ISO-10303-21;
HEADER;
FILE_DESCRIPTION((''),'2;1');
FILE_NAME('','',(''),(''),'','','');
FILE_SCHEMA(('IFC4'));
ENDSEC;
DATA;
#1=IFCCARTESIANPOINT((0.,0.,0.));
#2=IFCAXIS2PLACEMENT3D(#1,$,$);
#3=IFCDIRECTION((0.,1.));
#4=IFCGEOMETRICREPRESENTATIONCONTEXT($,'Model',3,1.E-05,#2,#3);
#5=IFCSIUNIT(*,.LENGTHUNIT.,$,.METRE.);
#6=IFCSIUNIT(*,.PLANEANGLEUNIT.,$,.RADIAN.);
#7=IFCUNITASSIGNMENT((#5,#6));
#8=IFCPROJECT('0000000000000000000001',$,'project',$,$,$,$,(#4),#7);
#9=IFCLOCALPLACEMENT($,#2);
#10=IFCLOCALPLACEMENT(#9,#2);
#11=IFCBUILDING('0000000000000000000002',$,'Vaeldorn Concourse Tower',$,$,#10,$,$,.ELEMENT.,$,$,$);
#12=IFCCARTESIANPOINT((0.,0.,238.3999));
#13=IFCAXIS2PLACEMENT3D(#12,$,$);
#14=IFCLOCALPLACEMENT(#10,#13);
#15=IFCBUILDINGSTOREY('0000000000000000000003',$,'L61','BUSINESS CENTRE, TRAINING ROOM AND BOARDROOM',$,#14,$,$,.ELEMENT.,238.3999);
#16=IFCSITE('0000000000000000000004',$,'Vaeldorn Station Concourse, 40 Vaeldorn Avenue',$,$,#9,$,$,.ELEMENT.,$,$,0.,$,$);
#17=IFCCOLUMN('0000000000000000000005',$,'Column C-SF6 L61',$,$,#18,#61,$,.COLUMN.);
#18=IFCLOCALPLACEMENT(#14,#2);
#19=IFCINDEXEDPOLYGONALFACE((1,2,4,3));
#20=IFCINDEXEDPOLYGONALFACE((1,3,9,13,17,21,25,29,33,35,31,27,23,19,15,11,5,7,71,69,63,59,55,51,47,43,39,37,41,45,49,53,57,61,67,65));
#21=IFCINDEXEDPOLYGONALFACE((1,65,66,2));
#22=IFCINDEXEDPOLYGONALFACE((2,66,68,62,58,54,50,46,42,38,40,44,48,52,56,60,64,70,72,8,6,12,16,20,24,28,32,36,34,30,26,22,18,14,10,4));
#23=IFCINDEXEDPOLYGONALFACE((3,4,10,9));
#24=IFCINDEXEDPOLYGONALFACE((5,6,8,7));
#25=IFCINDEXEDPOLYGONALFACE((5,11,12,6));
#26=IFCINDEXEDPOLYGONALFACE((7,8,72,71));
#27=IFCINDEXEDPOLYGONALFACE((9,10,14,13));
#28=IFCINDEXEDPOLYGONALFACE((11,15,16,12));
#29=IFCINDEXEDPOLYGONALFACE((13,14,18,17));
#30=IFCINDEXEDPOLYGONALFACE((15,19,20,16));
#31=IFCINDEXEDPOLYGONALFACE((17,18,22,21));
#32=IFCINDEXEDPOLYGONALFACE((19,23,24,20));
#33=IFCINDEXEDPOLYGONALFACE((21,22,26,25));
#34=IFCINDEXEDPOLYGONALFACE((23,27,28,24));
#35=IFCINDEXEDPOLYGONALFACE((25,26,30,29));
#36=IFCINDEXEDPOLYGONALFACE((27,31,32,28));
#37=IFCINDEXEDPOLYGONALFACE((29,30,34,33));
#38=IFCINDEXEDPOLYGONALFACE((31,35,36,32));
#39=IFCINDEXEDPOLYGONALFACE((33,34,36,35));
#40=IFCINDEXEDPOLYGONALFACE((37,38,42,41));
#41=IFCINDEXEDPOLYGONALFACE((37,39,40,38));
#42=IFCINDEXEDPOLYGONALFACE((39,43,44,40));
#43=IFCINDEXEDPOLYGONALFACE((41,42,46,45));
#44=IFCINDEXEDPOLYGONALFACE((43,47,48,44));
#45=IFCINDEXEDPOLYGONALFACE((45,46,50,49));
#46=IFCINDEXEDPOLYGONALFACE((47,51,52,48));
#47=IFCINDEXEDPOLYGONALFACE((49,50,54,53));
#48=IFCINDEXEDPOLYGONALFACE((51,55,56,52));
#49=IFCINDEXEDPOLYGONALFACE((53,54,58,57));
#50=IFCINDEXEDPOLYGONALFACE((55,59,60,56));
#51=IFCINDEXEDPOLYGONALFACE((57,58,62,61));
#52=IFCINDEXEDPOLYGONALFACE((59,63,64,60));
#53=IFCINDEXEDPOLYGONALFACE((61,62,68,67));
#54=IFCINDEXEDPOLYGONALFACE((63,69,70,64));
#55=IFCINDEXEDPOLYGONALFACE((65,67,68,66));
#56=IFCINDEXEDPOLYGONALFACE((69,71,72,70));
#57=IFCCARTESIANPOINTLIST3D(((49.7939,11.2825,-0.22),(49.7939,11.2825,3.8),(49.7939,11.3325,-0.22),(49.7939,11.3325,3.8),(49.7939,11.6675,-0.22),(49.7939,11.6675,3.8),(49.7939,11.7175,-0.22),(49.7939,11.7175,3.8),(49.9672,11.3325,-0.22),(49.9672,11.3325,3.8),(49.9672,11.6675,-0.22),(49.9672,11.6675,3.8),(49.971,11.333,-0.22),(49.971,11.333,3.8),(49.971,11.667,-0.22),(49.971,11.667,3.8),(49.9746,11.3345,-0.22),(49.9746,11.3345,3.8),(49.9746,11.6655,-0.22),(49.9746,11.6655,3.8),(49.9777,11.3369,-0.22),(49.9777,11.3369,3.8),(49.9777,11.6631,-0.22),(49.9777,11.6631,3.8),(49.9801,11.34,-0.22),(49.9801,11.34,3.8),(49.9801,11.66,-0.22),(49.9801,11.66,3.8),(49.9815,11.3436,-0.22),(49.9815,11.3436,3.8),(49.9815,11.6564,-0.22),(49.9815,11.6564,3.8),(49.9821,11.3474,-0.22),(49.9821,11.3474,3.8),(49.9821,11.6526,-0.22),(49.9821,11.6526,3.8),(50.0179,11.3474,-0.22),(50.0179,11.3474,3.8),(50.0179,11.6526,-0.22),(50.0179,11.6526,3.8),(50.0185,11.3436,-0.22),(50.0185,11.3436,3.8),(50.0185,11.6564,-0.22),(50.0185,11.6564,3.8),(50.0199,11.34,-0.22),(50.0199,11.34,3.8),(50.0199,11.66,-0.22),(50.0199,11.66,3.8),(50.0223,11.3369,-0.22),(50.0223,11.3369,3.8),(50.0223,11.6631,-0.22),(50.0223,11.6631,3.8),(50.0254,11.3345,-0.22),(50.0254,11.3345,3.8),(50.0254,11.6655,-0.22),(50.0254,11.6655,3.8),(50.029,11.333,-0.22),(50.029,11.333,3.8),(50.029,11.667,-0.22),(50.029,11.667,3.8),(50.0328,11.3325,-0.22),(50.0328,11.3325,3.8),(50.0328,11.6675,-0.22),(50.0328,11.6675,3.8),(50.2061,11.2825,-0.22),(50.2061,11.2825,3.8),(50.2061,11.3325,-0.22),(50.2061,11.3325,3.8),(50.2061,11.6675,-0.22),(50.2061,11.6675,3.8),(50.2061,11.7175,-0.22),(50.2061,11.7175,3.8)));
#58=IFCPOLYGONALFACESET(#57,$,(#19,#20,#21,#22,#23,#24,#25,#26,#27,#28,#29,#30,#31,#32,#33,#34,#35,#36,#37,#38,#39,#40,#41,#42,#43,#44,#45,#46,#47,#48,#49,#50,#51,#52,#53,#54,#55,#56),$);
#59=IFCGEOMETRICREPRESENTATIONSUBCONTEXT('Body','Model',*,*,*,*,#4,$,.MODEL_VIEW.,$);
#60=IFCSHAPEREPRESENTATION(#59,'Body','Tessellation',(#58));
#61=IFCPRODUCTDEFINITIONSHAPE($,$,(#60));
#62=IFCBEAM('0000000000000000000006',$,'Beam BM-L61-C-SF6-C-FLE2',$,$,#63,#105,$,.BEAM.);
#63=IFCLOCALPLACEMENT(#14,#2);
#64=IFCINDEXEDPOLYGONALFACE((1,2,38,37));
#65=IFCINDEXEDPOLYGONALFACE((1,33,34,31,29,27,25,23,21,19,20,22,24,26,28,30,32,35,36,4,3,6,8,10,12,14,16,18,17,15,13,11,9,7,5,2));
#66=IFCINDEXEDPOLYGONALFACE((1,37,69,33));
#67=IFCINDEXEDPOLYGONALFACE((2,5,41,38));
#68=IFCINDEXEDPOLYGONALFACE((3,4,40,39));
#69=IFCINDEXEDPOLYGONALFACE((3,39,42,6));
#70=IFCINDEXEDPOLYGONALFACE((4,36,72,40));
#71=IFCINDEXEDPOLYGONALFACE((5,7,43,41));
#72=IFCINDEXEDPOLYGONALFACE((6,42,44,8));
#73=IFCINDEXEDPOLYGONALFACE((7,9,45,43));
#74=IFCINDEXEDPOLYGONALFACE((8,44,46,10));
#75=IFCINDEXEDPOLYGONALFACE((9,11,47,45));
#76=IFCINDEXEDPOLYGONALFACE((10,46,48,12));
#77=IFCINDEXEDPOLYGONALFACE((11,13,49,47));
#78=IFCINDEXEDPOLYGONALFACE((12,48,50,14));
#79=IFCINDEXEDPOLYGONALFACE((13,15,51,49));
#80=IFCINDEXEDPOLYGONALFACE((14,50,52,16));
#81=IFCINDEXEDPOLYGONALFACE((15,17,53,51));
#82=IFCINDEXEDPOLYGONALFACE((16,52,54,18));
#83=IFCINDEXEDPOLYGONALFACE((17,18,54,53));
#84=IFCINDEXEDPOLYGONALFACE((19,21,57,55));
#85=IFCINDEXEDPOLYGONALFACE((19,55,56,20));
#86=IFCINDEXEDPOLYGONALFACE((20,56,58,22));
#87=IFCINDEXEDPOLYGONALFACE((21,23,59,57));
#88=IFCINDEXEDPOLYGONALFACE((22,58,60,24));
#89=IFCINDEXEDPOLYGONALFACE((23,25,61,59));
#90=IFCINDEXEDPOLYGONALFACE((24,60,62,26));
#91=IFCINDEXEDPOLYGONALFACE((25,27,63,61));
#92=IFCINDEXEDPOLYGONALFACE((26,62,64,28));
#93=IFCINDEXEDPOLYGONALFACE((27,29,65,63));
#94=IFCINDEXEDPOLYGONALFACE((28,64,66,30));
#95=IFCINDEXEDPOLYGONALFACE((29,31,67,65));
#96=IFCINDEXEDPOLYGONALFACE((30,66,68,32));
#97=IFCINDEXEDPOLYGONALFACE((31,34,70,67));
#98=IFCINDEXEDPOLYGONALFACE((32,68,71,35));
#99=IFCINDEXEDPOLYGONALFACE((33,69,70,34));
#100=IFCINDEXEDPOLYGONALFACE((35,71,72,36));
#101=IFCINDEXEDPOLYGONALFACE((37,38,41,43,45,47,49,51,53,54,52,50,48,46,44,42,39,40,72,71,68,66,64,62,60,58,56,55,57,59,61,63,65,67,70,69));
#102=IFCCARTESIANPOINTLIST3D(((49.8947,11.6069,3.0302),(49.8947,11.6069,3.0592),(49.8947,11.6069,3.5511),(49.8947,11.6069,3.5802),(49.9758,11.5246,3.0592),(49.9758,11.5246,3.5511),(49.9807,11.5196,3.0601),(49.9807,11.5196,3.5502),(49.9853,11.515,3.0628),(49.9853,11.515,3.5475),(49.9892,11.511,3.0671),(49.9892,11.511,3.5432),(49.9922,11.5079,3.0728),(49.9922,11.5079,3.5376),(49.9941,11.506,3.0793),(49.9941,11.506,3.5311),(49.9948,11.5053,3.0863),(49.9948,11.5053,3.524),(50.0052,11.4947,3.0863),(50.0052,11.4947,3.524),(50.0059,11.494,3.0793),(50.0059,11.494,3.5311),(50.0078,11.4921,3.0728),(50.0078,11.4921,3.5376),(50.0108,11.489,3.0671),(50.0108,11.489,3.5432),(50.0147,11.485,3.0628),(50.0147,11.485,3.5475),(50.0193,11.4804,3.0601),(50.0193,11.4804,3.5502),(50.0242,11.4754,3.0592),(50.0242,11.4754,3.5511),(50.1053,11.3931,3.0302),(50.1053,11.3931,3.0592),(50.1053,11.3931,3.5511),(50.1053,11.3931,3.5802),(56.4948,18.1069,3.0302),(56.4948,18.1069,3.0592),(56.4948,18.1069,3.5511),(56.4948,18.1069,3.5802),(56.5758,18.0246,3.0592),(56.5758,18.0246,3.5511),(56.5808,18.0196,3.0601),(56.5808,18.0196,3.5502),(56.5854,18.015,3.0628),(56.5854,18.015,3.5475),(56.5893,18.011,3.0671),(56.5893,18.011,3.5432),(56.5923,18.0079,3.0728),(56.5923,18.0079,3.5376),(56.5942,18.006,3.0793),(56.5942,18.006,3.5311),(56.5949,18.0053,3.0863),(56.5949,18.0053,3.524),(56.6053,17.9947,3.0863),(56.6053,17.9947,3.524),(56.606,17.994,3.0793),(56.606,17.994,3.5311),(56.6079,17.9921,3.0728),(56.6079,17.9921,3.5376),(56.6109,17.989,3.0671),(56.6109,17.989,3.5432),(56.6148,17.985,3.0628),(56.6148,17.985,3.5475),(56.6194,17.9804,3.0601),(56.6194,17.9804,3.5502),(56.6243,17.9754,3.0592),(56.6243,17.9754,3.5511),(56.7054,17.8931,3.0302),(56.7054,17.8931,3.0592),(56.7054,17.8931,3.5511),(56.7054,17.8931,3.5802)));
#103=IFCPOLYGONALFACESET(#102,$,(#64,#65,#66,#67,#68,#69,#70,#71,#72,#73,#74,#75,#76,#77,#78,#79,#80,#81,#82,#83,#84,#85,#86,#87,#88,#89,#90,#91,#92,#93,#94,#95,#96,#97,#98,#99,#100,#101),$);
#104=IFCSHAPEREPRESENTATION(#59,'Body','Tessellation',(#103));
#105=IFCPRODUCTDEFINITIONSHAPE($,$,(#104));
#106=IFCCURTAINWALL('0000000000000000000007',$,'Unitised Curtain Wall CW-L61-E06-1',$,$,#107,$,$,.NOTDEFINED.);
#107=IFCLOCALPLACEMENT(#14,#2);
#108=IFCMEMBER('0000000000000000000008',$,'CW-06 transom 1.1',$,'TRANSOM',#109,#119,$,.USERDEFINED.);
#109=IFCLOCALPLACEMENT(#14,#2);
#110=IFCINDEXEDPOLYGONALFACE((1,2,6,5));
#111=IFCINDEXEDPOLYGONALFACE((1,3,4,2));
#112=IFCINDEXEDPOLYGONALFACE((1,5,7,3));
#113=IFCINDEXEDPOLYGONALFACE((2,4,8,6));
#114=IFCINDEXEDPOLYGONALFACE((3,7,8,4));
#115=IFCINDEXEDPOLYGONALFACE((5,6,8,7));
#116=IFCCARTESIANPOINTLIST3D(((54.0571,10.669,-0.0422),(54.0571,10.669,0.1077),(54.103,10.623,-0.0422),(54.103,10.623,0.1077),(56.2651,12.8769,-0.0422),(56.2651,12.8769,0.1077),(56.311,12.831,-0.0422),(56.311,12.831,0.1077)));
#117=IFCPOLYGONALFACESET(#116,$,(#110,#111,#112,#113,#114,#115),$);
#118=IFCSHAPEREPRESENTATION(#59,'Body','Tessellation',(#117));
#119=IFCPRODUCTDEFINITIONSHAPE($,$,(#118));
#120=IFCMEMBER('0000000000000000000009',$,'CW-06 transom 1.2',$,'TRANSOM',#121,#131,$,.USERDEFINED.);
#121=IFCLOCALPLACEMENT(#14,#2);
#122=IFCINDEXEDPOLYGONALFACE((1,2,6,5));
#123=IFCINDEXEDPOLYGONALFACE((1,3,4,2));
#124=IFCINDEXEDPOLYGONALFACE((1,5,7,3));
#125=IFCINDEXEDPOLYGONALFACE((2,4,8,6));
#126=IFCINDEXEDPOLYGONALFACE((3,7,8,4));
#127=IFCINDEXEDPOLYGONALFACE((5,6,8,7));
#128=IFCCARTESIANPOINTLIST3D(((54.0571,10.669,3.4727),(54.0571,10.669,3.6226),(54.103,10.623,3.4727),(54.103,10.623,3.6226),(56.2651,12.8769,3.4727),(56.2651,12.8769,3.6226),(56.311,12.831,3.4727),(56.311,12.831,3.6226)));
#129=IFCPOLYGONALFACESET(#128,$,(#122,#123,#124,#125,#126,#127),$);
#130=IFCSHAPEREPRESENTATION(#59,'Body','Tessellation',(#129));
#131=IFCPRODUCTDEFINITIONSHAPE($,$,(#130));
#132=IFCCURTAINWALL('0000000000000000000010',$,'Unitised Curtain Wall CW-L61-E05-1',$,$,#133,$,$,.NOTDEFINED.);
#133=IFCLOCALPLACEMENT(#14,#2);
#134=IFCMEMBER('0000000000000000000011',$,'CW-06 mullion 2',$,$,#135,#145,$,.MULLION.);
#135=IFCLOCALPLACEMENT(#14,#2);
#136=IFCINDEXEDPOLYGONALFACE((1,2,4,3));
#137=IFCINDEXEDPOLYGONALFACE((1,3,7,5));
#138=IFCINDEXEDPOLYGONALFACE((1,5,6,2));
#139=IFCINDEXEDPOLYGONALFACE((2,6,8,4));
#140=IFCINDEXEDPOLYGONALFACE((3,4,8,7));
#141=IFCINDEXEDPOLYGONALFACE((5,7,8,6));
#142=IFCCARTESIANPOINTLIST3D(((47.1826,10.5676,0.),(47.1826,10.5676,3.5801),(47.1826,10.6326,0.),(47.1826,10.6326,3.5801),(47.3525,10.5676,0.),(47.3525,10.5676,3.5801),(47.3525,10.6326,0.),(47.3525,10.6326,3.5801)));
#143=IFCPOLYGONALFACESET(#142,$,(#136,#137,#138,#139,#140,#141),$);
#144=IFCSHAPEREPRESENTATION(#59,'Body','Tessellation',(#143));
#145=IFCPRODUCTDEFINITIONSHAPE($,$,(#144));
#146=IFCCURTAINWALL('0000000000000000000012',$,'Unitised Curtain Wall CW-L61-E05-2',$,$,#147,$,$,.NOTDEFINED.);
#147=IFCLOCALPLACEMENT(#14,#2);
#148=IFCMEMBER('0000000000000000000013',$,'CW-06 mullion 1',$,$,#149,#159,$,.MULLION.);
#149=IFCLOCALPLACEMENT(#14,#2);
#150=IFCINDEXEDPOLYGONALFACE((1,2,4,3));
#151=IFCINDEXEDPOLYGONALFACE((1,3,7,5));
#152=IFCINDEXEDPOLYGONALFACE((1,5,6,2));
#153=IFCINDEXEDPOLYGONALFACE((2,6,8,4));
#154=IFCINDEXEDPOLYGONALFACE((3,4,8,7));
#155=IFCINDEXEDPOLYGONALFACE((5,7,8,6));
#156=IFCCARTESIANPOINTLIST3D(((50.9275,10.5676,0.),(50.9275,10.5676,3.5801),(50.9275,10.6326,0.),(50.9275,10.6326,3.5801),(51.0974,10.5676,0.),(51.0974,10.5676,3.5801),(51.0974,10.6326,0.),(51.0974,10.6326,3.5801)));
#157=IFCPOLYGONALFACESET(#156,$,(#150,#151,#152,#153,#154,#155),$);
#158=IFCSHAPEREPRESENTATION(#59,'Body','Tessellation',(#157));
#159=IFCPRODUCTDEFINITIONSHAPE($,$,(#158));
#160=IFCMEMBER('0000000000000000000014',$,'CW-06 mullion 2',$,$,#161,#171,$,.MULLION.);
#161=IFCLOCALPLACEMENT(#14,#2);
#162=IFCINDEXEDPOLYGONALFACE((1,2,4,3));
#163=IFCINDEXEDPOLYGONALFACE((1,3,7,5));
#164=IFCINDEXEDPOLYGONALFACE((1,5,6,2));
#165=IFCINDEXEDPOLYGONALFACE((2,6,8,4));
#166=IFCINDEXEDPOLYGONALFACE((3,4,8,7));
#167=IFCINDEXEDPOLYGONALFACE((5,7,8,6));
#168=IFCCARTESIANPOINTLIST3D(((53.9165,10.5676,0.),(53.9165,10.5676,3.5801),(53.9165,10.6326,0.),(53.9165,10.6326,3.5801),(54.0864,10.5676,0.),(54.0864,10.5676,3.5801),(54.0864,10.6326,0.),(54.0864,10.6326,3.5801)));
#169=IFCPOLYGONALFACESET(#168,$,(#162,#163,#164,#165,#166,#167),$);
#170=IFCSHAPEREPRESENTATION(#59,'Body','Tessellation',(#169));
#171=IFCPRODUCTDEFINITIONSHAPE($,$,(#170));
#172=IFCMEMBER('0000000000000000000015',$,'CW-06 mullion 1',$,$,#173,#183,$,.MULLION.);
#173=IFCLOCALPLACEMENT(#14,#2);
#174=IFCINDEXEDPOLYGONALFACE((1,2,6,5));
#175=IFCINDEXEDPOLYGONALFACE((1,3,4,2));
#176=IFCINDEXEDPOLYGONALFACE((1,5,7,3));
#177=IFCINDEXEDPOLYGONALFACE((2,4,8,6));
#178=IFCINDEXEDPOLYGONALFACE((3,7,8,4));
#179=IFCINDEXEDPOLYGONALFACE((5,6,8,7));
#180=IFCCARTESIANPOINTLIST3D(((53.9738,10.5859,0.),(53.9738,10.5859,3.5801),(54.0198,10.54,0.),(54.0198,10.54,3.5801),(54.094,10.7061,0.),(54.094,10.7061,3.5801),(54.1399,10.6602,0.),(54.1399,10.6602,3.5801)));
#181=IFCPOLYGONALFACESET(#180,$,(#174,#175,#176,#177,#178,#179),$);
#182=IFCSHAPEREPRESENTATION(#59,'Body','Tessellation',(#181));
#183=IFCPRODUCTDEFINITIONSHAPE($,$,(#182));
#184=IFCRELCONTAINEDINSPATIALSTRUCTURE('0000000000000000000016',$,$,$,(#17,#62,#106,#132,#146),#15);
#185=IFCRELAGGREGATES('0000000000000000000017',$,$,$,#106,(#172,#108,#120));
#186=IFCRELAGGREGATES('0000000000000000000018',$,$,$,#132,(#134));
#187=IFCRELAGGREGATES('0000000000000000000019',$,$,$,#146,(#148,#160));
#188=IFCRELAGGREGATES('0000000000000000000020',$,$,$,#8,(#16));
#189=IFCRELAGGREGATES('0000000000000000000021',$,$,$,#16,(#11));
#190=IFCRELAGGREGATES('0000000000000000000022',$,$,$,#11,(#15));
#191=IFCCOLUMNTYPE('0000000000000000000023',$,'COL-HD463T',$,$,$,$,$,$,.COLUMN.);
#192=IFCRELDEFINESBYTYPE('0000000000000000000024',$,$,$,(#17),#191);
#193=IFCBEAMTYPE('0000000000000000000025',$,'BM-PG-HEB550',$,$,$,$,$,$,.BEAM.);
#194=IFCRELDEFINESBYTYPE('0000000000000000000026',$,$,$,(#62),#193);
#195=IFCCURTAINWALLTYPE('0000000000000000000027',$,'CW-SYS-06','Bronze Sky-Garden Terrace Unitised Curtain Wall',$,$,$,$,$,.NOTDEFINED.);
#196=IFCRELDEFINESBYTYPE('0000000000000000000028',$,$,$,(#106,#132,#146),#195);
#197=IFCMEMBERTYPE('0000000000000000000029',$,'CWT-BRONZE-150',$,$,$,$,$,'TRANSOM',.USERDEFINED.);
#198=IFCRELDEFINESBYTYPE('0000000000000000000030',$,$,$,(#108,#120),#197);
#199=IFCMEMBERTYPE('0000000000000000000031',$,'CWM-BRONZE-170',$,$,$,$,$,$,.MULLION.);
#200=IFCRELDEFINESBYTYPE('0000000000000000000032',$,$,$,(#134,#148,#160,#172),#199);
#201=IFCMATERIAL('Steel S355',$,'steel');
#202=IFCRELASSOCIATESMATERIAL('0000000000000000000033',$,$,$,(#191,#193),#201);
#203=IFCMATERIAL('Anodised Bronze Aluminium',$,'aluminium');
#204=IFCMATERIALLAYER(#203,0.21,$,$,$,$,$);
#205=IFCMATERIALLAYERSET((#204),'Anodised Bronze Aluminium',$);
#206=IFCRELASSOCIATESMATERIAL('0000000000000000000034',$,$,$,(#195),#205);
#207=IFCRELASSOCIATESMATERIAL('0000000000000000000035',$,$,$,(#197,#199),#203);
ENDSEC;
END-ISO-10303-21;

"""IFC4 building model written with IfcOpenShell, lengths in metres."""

from ifc_helpers import new_model, si_unit, direction, frame, origin, origin_2d, place, context, subcontext, project, spatial, rectangle, i_section, extrude, source, transform, mapped, material, layer, layer_set, material_profile, profile_set, type_object, element, aggregate, save


model = new_model("IFC4")

# Units and contexts
model_context = context("Model", 3, precision=1e-05, world=origin(), true_north=direction((0.0, 1.0)))
body_context = subcontext(model_context, "Body", "Model", "MODEL_VIEW")
ifc_project = project(units=[si_unit("LENGTHUNIT", "METRE"), si_unit("PLANEANGLEUNIT", "RADIAN")], contexts=[model_context])

# Site, building, storey
site_placement = place(None, origin())
site = spatial("IfcSite", under=ifc_project, at=site_placement, Name="Vaeldorn Station Concourse, 40 Vaeldorn Avenue", CompositionType="ELEMENT", RefElevation=0.0)
building_placement = place(site_placement, origin())
building = spatial("IfcBuilding", under=site, at=building_placement, Name="Vaeldorn Concourse Tower", CompositionType="ELEMENT")
storey_placement = place(building_placement, frame((0.0, 0.0, 238.3999)))
storey = spatial("IfcBuildingStorey", under=building, at=storey_placement, Name="L61", Description="BUSINESS CENTRE, TRAINING ROOM AND BOARDROOM", CompositionType="ELEMENT", Elevation=238.3999)

# Column
ifc_material_1 = material(Name="Steel S355", Category="steel")
ifc_material_profile_1 = material_profile(ifc_material_1, i_section(OverallWidth=0.4121, OverallDepth=0.4351, WebThickness=0.0359, FlangeThickness=0.05, FilletRadius=0.0149, at=origin_2d()), Name="HD 400x463")
ifc_profile_set_1 = profile_set([ifc_material_profile_1], Name="Steel S355")
column_type = type_object("IfcColumnType", Name="COL-HD463T", PredefinedType="COLUMN", material=ifc_profile_set_1)
shared_shape_1 = source(origin(), body_context, "Body", "SweptSolid", [
    extrude(i_section(OverallWidth=0.4121, OverallDepth=0.4351, WebThickness=0.0359, FlangeThickness=0.05, FilletRadius=0.0149, at=origin_2d()), origin(), (0.0, 0.0, 1.0), 4.02),
])
column_placement = place(storey_placement, frame((50.0, 11.5, -0.22), z_axis=(0.0, 0.0, 1.0), x_axis=(1.0, 0.0, 0.0)))
element("IfcColumn", 1, at=column_placement, inside=storey, type_object=column_type, Name="Column C-SF6 L61", PredefinedType="COLUMN", context=body_context, shape_type="MappedRepresentation", body=[
    mapped(shared_shape_1, transform((0.0, 0.0, 0.0), scale=1.0)),
])

# Beam
ifc_material_profile_2 = material_profile(ifc_material_1, i_section(OverallWidth=0.3, OverallDepth=0.55, WebThickness=0.0149, FlangeThickness=0.0291, FilletRadius=0.0271, at=origin_2d()), Name="HEB 550")
ifc_profile_set_2 = profile_set([ifc_material_profile_2], Name="Steel S355")
beam_type = type_object("IfcBeamType", Name="BM-PG-HEB550", PredefinedType="BEAM", material=ifc_profile_set_2)
shared_shape_2 = source(origin(), body_context, "Body", "SweptSolid", [
    extrude(i_section(OverallWidth=0.3, OverallDepth=0.55, WebThickness=0.0149, FlangeThickness=0.0291, FilletRadius=0.0271, at=origin_2d()), origin(), (0.0, 0.0, 1.0), 9.2634),
])
beam_placement = place(storey_placement, frame((50.0, 11.5, 3.3052), z_axis=(0.712489, 0.701683, 0.0), x_axis=(-0.701683, 0.712489, 0.0)))
element("IfcBeam", 2, at=beam_placement, inside=storey, type_object=beam_type, Name="Beam BM-L61-C-SF6-C-FLE2", PredefinedType="BEAM", context=body_context, shape_type="MappedRepresentation", body=[
    mapped(shared_shape_2, transform((0.0, 0.0, 0.0), scale=1.0)),
])

# Curtain wall, members
ifc_material_2 = material(Name="Anodised Bronze Aluminium", Category="aluminium")
ifc_layer_1 = layer(ifc_material_2, 0.21)
ifc_layer_set_1 = layer_set([ifc_layer_1], Name="Anodised Bronze Aluminium")
curtain_wall_type = type_object("IfcCurtainWallType", Name="CW-SYS-06", Description="Bronze Sky-Garden Terrace Unitised Curtain Wall", PredefinedType="NOTDEFINED", material=ifc_layer_set_1)
curtain_wall_1_placement = place(storey_placement, origin())
curtain_wall_1 = element("IfcCurtainWall", 3, at=curtain_wall_1_placement, inside=storey, type_object=curtain_wall_type, Name="Unitised Curtain Wall CW-L61-E06-1", PredefinedType="NOTDEFINED")
ifc_material_profile_3 = material_profile(ifc_material_2, rectangle(XDim=0.0649, YDim=0.1499, at=origin_2d()), Name="CWT 65x150")
ifc_profile_set_3 = profile_set([ifc_material_profile_3], Name="Anodised Bronze Aluminium")
member_type_1 = type_object("IfcMemberType", Name="CWT-BRONZE-150", ElementType="TRANSOM", PredefinedType="USERDEFINED", material=ifc_profile_set_3)
shared_shape_3 = source(origin(), body_context, "Body", "SweptSolid", [
    extrude(rectangle(XDim=0.0649, YDim=0.1499, at=origin_2d()), origin(), (0.0, 0.0, 1.0), 3.1226),
])
member_1_placement = place(storey_placement, frame((54.0801, 10.646, 0.0327), z_axis=(0.707107, 0.707107, 0.0), x_axis=(-0.707107, 0.707107, 0.0)))
member_1 = element("IfcMember", 4, at=member_1_placement, type_object=member_type_1, Name="CW-06 transom 1.1", ObjectType="TRANSOM", PredefinedType="USERDEFINED", context=body_context, shape_type="MappedRepresentation", body=[
    mapped(shared_shape_3, transform((0.0, 0.0, 0.0), scale=1.0)),
])
member_2_placement = place(storey_placement, frame((54.0801, 10.646, 3.5476), z_axis=(0.707107, 0.707107, 0.0), x_axis=(-0.707107, 0.707107, 0.0)))
member_2 = element("IfcMember", 5, at=member_2_placement, type_object=member_type_1, Name="CW-06 transom 1.2", ObjectType="TRANSOM", PredefinedType="USERDEFINED", context=body_context, shape_type="MappedRepresentation", body=[
    mapped(shared_shape_3, transform((0.0, 0.0, 0.0), scale=1.0)),
])

# Curtain wall, member
curtain_wall_2_placement = place(storey_placement, origin())
curtain_wall_2 = element("IfcCurtainWall", 6, at=curtain_wall_2_placement, inside=storey, type_object=curtain_wall_type, Name="Unitised Curtain Wall CW-L61-E05-1", PredefinedType="NOTDEFINED")
ifc_material_profile_4 = material_profile(ifc_material_2, rectangle(XDim=0.0649, YDim=0.1699, at=origin_2d()), Name="CWM 65x170")
ifc_profile_set_4 = profile_set([ifc_material_profile_4], Name="Anodised Bronze Aluminium")
member_type_2 = type_object("IfcMemberType", Name="CWM-BRONZE-170", PredefinedType="MULLION", material=ifc_profile_set_4)
shared_shape_4 = source(origin(), body_context, "Body", "SweptSolid", [
    extrude(rectangle(XDim=0.0649, YDim=0.1699, at=origin_2d()), origin(), (0.0, 0.0, 1.0), 3.5801),
])
member_3_placement = place(storey_placement, frame((47.2676, 10.6001, 0.0), z_axis=(0.0, 0.0, 1.0), x_axis=(0.0, 1.0, 0.0)))
member_3 = element("IfcMember", 7, at=member_3_placement, type_object=member_type_2, Name="CW-06 mullion 2", PredefinedType="MULLION", context=body_context, shape_type="MappedRepresentation", body=[
    mapped(shared_shape_4, transform((0.0, 0.0, 0.0), scale=1.0)),
])

# Curtain wall, members
curtain_wall_3_placement = place(storey_placement, origin())
curtain_wall_3 = element("IfcCurtainWall", 8, at=curtain_wall_3_placement, inside=storey, type_object=curtain_wall_type, Name="Unitised Curtain Wall CW-L61-E05-2", PredefinedType="NOTDEFINED")
member_4_placement = place(storey_placement, frame((51.0125, 10.6001, 0.0), z_axis=(0.0, 0.0, 1.0), x_axis=(0.0, 1.0, 0.0)))
member_4 = element("IfcMember", 9, at=member_4_placement, type_object=member_type_2, Name="CW-06 mullion 1", PredefinedType="MULLION", context=body_context, shape_type="MappedRepresentation", body=[
    mapped(shared_shape_4, transform((0.0, 0.0, 0.0), scale=1.0)),
])
member_5_placement = place(storey_placement, frame((54.0015, 10.6001, 0.0), z_axis=(0.0, 0.0, 1.0), x_axis=(0.0, 1.0, 0.0)))
member_5 = element("IfcMember", 10, at=member_5_placement, type_object=member_type_2, Name="CW-06 mullion 2", PredefinedType="MULLION", context=body_context, shape_type="MappedRepresentation", body=[
    mapped(shared_shape_4, transform((0.0, 0.0, 0.0), scale=1.0)),
])

# Member
member_6_placement = place(storey_placement, frame((54.0569, 10.623, 0.0), z_axis=(0.0, 0.0, 1.0), x_axis=(-0.707107, 0.707107, 0.0)))
member_6 = element("IfcMember", 11, at=member_6_placement, type_object=member_type_2, Name="CW-06 mullion 1", PredefinedType="MULLION", context=body_context, shape_type="MappedRepresentation", body=[
    mapped(shared_shape_4, transform((0.0, 0.0, 0.0), scale=1.0)),
])

aggregate(curtain_wall_1, [member_6, member_1, member_2])
aggregate(curtain_wall_2, [member_3])
aggregate(curtain_wall_3, [member_4, member_5])

save(model, "model.ifc")
